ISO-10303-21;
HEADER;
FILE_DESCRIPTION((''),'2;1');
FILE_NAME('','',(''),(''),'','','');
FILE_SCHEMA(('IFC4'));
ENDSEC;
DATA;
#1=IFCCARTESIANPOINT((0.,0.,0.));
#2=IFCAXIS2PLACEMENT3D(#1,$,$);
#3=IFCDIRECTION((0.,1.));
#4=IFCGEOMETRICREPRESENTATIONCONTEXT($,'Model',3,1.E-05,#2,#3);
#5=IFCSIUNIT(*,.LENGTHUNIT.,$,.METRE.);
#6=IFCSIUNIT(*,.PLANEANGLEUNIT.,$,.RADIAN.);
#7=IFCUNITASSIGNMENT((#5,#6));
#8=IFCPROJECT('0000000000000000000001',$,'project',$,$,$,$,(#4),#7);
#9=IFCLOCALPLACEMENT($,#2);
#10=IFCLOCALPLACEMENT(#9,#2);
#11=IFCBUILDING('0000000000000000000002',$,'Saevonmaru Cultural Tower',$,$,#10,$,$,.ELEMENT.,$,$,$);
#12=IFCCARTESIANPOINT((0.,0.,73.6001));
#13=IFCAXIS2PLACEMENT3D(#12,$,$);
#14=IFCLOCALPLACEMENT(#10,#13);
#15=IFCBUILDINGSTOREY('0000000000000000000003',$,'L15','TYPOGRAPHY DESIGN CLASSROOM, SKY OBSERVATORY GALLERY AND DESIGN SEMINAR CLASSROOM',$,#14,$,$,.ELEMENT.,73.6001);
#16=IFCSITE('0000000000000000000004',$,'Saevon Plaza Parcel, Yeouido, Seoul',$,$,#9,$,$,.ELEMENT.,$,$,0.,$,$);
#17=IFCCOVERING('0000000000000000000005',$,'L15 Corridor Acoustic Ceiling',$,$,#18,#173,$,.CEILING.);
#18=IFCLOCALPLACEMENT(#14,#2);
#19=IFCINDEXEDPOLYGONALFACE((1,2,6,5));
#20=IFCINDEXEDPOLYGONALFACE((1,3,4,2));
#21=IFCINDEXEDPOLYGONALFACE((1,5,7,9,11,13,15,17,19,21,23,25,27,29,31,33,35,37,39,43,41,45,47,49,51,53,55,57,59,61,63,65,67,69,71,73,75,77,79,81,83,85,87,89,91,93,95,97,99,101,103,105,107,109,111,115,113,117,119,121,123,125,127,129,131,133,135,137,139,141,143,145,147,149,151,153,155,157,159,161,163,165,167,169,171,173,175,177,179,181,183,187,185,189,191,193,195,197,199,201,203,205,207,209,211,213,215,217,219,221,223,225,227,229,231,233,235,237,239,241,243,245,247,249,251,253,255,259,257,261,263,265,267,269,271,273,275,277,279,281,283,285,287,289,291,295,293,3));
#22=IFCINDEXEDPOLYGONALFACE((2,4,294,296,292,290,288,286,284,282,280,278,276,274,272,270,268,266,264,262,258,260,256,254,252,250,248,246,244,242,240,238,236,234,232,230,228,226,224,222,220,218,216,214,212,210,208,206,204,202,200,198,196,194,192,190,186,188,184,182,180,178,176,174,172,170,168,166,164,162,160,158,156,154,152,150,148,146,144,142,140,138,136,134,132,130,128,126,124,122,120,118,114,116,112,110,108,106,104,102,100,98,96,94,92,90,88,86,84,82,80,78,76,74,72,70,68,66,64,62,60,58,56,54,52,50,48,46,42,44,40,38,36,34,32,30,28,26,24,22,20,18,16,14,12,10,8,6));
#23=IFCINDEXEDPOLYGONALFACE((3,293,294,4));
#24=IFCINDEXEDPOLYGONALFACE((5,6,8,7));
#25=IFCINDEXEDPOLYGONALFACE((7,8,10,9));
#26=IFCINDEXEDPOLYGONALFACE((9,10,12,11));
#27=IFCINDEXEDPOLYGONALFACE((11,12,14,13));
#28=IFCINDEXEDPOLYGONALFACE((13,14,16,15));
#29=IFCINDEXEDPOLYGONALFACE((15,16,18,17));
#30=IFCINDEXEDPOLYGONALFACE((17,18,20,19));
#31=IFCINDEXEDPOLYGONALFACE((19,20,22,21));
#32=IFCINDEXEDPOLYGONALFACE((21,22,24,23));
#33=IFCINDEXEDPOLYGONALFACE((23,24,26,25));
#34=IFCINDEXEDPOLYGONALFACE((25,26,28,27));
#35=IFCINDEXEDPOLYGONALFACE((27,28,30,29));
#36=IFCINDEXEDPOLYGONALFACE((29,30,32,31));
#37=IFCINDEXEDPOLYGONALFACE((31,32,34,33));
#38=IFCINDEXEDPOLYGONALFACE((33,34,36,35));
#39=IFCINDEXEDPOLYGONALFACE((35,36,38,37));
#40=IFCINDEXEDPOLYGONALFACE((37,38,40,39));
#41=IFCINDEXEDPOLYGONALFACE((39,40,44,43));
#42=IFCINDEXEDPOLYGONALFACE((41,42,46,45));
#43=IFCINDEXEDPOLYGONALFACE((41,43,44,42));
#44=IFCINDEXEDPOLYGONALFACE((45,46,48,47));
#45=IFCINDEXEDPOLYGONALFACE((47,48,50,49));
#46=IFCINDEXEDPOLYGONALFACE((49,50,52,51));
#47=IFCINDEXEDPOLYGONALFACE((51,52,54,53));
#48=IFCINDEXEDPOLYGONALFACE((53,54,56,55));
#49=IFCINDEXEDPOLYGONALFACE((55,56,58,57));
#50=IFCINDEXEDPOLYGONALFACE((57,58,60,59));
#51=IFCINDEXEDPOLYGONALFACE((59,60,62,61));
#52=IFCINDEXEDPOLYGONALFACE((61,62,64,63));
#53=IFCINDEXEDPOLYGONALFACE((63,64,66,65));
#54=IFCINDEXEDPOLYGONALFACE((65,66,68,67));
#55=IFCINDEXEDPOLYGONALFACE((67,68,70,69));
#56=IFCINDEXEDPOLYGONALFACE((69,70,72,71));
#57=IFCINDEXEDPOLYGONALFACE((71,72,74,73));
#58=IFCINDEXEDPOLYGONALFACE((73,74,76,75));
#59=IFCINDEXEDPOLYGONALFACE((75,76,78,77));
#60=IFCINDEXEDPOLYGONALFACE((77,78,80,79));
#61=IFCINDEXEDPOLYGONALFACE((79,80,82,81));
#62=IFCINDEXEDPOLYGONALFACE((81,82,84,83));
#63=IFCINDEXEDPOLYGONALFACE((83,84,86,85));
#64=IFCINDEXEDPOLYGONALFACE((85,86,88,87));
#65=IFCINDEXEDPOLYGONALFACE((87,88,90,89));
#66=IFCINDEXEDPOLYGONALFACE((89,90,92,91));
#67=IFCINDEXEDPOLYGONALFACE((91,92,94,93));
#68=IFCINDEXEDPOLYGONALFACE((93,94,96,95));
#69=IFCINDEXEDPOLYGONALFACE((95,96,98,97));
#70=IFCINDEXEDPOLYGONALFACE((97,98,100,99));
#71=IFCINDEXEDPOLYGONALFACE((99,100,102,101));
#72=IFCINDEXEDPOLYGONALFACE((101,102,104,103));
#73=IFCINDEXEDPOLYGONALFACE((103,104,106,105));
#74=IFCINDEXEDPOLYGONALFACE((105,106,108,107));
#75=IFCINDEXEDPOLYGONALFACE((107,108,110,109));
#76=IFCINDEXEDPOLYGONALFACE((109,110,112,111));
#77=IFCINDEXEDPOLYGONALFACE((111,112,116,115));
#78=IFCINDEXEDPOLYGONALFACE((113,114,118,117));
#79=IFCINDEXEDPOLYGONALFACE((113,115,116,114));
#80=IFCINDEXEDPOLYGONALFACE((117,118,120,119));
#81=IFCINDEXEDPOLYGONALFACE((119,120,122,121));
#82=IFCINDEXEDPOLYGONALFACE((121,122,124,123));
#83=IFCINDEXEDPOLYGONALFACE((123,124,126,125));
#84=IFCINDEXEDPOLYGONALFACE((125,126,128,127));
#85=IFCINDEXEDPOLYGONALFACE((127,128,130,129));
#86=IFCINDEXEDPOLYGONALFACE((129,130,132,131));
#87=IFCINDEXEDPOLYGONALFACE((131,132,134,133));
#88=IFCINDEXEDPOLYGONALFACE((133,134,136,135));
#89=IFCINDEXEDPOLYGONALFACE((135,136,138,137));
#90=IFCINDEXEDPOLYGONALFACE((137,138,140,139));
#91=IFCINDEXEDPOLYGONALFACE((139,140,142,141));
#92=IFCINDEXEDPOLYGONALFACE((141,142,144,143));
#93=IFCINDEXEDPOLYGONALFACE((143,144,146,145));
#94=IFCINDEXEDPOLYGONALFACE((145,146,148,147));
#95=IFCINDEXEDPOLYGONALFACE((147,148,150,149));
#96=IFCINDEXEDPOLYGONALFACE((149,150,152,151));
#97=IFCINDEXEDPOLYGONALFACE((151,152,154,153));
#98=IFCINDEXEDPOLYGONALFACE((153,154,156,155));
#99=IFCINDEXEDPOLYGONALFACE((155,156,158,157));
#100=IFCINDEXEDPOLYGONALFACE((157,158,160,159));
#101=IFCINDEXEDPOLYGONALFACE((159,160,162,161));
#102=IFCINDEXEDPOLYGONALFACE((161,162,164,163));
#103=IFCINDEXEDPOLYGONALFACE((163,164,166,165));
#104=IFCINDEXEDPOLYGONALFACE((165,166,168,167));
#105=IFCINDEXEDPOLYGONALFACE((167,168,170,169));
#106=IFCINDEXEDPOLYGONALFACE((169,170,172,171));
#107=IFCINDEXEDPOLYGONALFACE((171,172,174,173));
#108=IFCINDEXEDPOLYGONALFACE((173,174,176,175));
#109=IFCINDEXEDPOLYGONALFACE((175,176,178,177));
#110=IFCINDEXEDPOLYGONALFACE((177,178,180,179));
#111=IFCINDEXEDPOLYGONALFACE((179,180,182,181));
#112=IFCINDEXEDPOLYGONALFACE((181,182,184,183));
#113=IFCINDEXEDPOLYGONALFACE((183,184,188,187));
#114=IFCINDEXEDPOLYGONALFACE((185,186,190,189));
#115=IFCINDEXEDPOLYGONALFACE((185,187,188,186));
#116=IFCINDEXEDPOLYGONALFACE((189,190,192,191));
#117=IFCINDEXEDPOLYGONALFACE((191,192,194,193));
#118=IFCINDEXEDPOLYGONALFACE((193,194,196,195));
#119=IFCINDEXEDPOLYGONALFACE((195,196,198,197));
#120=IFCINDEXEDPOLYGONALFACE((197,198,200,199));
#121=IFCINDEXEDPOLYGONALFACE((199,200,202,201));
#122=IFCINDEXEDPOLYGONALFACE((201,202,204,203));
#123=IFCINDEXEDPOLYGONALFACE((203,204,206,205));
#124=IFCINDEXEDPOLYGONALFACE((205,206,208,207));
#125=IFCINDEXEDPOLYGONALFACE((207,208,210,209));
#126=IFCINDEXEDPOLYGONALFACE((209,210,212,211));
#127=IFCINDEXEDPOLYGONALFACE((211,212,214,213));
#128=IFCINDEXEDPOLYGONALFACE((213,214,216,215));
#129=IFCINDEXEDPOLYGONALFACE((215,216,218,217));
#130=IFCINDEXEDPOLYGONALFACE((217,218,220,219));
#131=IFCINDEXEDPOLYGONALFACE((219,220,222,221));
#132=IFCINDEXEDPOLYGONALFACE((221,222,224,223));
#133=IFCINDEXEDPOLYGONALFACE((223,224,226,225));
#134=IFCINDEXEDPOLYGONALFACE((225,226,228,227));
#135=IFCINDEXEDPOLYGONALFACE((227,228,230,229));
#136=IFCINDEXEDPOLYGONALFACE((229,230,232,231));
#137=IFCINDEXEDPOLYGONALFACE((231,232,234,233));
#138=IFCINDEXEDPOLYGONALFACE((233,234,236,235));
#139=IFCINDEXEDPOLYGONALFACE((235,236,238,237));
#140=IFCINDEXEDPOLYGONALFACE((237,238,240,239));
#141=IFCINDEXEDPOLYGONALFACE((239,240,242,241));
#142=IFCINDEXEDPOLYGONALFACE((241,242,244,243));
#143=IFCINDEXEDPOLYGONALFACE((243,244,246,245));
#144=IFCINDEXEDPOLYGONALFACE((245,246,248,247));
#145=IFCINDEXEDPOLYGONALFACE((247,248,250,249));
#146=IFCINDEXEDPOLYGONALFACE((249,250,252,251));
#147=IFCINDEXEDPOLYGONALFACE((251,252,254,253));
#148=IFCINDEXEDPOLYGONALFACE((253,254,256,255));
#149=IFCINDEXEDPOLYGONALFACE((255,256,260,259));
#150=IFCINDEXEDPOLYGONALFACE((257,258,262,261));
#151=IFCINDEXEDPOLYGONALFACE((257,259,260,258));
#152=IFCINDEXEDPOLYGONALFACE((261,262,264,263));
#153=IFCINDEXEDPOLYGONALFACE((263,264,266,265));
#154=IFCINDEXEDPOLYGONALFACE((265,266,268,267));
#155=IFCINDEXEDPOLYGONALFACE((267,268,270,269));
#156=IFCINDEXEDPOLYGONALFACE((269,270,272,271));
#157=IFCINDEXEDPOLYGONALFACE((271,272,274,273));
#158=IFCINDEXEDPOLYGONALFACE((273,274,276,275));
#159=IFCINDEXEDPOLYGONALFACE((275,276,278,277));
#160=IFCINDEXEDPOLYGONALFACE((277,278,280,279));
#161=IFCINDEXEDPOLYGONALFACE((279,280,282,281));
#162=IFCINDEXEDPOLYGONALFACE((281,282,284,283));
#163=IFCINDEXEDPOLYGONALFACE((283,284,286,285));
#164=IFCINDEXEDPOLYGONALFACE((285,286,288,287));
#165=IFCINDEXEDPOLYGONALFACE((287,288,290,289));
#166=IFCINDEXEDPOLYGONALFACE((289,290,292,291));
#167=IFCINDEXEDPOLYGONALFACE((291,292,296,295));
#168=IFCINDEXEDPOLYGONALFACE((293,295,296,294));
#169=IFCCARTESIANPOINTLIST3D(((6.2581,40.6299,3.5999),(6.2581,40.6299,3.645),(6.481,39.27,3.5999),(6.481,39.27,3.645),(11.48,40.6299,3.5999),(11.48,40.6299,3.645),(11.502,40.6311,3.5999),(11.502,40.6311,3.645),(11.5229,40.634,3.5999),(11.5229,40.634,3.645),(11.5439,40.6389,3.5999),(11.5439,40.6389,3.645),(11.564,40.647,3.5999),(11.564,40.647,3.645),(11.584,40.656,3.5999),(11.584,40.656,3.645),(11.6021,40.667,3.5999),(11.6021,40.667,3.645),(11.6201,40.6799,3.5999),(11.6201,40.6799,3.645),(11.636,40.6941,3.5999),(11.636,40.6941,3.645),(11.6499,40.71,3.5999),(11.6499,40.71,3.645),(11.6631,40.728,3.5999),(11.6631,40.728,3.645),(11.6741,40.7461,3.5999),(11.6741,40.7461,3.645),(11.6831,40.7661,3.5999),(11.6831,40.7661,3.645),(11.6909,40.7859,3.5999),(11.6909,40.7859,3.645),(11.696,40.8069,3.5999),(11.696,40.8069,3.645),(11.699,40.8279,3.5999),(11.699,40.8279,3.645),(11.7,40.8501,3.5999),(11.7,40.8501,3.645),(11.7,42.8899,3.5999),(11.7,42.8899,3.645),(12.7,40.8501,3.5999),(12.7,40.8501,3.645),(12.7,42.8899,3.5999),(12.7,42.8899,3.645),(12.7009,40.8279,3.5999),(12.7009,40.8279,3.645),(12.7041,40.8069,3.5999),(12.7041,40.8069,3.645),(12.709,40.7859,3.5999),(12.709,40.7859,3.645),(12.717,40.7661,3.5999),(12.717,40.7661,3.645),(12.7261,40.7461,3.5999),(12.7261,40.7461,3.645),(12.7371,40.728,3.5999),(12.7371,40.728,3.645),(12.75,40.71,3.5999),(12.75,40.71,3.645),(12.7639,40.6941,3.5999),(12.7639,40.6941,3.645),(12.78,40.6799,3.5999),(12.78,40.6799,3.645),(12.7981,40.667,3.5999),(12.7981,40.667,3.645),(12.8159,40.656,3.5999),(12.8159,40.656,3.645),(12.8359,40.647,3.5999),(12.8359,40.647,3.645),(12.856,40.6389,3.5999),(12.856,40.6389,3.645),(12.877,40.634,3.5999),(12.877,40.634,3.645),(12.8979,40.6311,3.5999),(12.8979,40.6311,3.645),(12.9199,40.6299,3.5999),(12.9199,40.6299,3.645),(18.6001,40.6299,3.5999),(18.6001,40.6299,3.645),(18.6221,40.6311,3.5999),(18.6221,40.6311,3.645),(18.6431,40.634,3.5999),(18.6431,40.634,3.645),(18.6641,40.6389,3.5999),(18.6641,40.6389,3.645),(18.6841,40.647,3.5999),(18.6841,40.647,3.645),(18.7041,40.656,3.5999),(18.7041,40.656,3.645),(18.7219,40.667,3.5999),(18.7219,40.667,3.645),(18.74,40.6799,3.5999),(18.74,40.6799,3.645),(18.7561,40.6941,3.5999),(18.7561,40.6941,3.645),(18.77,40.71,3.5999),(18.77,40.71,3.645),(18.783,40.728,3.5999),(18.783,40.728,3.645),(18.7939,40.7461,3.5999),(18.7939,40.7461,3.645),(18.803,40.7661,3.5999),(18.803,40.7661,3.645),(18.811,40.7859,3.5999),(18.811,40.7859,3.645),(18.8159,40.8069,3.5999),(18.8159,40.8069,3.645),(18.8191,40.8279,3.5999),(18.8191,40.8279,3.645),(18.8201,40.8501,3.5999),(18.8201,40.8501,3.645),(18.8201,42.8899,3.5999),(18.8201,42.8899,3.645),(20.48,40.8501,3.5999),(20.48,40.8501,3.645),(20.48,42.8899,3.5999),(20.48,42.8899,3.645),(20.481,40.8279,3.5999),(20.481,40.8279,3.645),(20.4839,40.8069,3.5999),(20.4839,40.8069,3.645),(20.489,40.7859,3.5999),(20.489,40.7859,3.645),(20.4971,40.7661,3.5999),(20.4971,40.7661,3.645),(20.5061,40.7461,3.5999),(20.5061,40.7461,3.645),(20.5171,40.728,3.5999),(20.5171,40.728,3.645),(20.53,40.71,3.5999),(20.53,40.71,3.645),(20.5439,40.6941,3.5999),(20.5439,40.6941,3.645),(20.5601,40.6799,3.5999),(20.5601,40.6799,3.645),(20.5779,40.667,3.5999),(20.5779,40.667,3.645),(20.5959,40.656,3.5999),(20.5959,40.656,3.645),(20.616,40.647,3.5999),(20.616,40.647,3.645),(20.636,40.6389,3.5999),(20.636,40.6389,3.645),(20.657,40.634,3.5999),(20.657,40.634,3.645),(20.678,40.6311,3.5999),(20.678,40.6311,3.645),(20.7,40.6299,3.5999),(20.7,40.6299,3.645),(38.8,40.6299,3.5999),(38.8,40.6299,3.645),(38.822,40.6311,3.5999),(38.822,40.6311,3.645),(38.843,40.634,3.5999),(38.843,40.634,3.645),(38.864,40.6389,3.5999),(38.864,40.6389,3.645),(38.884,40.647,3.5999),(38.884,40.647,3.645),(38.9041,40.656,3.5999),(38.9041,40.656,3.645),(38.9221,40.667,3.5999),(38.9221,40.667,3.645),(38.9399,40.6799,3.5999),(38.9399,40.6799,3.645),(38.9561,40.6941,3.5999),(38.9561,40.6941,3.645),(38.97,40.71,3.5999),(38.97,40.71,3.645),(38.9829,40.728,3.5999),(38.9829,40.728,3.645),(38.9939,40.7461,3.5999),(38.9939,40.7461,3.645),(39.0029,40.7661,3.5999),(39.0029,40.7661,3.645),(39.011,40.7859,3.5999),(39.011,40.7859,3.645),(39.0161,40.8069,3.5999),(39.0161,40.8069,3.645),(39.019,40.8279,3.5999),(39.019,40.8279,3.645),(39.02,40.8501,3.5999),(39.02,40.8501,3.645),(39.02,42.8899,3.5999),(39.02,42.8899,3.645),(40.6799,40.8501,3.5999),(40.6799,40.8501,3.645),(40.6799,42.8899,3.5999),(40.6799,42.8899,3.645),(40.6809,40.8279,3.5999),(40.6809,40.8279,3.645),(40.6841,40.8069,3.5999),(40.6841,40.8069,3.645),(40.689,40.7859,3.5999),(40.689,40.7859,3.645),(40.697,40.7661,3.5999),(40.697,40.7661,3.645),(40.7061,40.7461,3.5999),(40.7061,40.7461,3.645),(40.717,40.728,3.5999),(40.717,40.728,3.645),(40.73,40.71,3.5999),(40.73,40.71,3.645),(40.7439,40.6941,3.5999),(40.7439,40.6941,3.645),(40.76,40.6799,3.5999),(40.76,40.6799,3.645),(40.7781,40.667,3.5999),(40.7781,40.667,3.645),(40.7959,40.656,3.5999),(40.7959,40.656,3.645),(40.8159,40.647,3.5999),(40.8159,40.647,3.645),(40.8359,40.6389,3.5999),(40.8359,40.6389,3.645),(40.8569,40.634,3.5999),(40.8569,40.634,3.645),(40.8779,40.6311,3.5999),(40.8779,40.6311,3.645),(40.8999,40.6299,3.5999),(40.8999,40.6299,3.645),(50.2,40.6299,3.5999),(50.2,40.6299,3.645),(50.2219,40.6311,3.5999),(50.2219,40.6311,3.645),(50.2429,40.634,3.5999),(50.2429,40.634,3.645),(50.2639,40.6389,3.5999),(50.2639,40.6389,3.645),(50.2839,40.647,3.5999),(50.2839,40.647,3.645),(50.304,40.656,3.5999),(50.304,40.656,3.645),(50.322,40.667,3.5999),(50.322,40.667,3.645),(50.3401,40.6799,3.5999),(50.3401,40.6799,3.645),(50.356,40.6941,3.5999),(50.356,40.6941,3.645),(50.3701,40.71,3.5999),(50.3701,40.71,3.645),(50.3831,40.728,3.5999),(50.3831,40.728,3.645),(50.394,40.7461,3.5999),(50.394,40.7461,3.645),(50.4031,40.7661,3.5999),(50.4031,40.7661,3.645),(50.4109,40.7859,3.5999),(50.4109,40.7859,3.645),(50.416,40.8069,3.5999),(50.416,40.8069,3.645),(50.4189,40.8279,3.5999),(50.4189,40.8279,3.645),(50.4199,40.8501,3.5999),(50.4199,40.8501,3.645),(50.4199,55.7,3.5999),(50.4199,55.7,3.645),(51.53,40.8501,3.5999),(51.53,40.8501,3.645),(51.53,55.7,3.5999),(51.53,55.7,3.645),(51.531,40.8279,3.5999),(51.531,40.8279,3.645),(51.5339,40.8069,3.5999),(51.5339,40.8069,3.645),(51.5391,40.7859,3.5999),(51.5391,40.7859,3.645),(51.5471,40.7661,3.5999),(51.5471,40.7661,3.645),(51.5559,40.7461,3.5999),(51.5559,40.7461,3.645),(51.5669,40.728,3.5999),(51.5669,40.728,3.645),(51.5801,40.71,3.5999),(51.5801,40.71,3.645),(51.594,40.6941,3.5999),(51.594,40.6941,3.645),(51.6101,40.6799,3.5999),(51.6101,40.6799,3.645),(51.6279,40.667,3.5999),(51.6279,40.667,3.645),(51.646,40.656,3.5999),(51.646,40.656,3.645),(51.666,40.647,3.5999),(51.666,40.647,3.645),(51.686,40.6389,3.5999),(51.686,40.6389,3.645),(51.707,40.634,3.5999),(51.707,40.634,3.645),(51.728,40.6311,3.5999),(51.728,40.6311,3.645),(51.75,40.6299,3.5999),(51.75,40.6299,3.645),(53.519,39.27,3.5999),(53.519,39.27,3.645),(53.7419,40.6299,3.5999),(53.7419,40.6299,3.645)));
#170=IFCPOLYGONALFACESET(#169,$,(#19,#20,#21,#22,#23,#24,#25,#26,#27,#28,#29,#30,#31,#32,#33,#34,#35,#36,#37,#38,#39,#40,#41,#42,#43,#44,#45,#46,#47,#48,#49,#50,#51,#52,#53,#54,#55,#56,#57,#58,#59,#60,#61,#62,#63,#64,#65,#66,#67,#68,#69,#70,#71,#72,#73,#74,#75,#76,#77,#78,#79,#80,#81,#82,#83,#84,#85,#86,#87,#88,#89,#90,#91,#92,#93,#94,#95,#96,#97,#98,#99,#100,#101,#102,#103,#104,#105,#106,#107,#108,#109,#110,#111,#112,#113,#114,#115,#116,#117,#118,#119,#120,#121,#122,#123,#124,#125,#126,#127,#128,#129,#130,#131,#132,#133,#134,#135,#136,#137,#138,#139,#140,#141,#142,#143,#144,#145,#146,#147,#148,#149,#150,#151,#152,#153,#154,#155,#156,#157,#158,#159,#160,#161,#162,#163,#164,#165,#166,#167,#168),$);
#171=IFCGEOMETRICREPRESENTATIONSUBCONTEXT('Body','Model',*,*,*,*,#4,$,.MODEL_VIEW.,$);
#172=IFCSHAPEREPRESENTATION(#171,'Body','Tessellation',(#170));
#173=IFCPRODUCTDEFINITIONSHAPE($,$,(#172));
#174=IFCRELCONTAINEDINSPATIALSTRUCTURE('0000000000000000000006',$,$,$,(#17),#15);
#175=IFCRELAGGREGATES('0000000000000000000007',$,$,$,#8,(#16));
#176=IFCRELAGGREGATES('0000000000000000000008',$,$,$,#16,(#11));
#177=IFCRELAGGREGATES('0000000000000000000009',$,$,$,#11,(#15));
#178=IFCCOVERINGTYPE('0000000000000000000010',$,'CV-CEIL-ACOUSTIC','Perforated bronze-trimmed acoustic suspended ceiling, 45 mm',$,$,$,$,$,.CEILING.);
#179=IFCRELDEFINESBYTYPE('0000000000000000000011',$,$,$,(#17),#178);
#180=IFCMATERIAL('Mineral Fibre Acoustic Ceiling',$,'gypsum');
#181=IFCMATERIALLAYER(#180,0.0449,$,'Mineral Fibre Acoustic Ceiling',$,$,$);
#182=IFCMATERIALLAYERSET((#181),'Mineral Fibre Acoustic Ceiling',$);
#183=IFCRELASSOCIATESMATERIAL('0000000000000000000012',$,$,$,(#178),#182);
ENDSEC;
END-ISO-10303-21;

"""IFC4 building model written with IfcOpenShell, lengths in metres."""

from ifc_helpers import new_model, si_unit, direction, frame, origin, place, context, subcontext, project, spatial, polyline, outline, extrude, material, layer, layer_set, type_object, element, save


model = new_model("IFC4")

# Units and contexts
model_context = context("Model", 3, precision=1e-05, world=origin(), true_north=direction((0.0, 1.0)))
body_context = subcontext(model_context, "Body", "Model", "MODEL_VIEW")
ifc_project = project(units=[si_unit("LENGTHUNIT", "METRE"), si_unit("PLANEANGLEUNIT", "RADIAN")], contexts=[model_context])

# Site, building, storey
site_placement = place(None, origin())
site = spatial("IfcSite", under=ifc_project, at=site_placement, Name="Saevon Plaza Parcel, Yeouido, Seoul", CompositionType="ELEMENT", RefElevation=0.0)
building_placement = place(site_placement, origin())
building = spatial("IfcBuilding", under=site, at=building_placement, Name="Saevonmaru Cultural Tower", CompositionType="ELEMENT")
storey_placement = place(building_placement, frame((0.0, 0.0, 73.6001)))
storey = spatial("IfcBuildingStorey", under=building, at=storey_placement, Name="L15", Description="TYPOGRAPHY DESIGN CLASSROOM, SKY OBSERVATORY GALLERY AND DESIGN SEMINAR CLASSROOM", CompositionType="ELEMENT", Elevation=73.6001)

# Covering
ifc_material_1 = material(Name="Mineral Fibre Acoustic Ceiling", Category="gypsum")
ifc_layer_1 = layer(ifc_material_1, 0.0449, Name="Mineral Fibre Acoustic Ceiling")
ifc_layer_set_1 = layer_set([ifc_layer_1], Name="Mineral Fibre Acoustic Ceiling")
covering_type_1 = type_object("IfcCoveringType", Name="CV-CEIL-ACOUSTIC", Description="Perforated bronze-trimmed acoustic suspended ceiling, 45 mm", PredefinedType="CEILING", material=ifc_layer_set_1)
covering_1_placement = place(storey_placement, frame((0.0, 0.0, 3.5999)))
element("IfcCovering", 1, at=covering_1_placement, inside=storey, type_object=covering_type_1, Name="L15 Corridor Acoustic Ceiling", PredefinedType="CEILING", context=body_context, shape_type="SweptSolid", body=[
    extrude(outline(polyline([(6.481, 39.27), (6.2581, 40.6299), (11.48, 40.6299), (11.502, 40.6311), (11.5229, 40.634), (11.5439, 40.6389), (11.564, 40.647), (11.584, 40.656), (11.6021, 40.667), (11.6201, 40.6799), (11.636, 40.6941), (11.6499, 40.71), (11.6631, 40.728), (11.6741, 40.7461), (11.6831, 40.7661), (11.6909, 40.7859), (11.696, 40.8069), (11.699, 40.8279), (11.7, 40.8501), (11.7, 42.8899), (12.7, 42.8899), (12.7, 40.8501), (12.7009, 40.8279), (12.7041, 40.8069), (12.709, 40.7859), (12.717, 40.7661), (12.7261, 40.7461), (12.7371, 40.728), (12.75, 40.71), (12.7639, 40.6941), (12.78, 40.6799), (12.7981, 40.667), (12.8159, 40.656), (12.8359, 40.647), (12.856, 40.6389), (12.877, 40.634), (12.8979, 40.6311), (12.9199, 40.6299), (18.6001, 40.6299), (18.6221, 40.6311), (18.6431, 40.634), (18.6641, 40.6389), (18.6841, 40.647), (18.7041, 40.656), (18.7219, 40.667), (18.74, 40.6799), (18.7561, 40.6941), (18.77, 40.71), (18.783, 40.728), (18.7939, 40.7461), (18.803, 40.7661), (18.811, 40.7859), (18.8159, 40.8069), (18.8191, 40.8279), (18.8201, 40.8501), (18.8201, 42.8899), (20.48, 42.8899), (20.48, 40.8501), (20.481, 40.8279), (20.4839, 40.8069), (20.489, 40.7859), (20.4971, 40.7661), (20.5061, 40.7461), (20.5171, 40.728), (20.53, 40.71), (20.5439, 40.6941), (20.5601, 40.6799), (20.5779, 40.667), (20.5959, 40.656), (20.616, 40.647), (20.636, 40.6389), (20.657, 40.634), (20.678, 40.6311), (20.7, 40.6299), (38.8, 40.6299), (38.822, 40.6311), (38.843, 40.634), (38.864, 40.6389), (38.884, 40.647), (38.9041, 40.656), (38.9221, 40.667), (38.9399, 40.6799), (38.9561, 40.6941), (38.97, 40.71), (38.9829, 40.728), (38.9939, 40.7461), (39.0029, 40.7661), (39.011, 40.7859), (39.0161, 40.8069), (39.019, 40.8279), (39.02, 40.8501), (39.02, 42.8899), (40.6799, 42.8899), (40.6799, 40.8501), (40.6809, 40.8279), (40.6841, 40.8069), (40.689, 40.7859), (40.697, 40.7661), (40.7061, 40.7461), (40.717, 40.728), (40.73, 40.71), (40.7439, 40.6941), (40.76, 40.6799), (40.7781, 40.667), (40.7959, 40.656), (40.8159, 40.647), (40.8359, 40.6389), (40.8569, 40.634), (40.8779, 40.6311), (40.8999, 40.6299), (50.2, 40.6299), (50.2219, 40.6311), (50.2429, 40.634), (50.2639, 40.6389), (50.2839, 40.647), (50.304, 40.656), (50.322, 40.667), (50.3401, 40.6799), (50.356, 40.6941), (50.3701, 40.71), (50.3831, 40.728), (50.394, 40.7461), (50.4031, 40.7661), (50.4109, 40.7859), (50.416, 40.8069), (50.4189, 40.8279), (50.4199, 40.8501), (50.4199, 55.7), (51.53, 55.7), (51.53, 40.8501), (51.531, 40.8279), (51.5339, 40.8069), (51.5391, 40.7859), (51.5471, 40.7661), (51.5559, 40.7461), (51.5669, 40.728), (51.5801, 40.71), (51.594, 40.6941), (51.6101, 40.6799), (51.6279, 40.667), (51.646, 40.656), (51.666, 40.647), (51.686, 40.6389), (51.707, 40.634), (51.728, 40.6311), (51.75, 40.6299), (53.7419, 40.6299), (53.519, 39.27), (6.481, 39.27)])), origin(), (0.0, 0.0, 1.0), 0.0452),
])

save(model, "model.ifc")
